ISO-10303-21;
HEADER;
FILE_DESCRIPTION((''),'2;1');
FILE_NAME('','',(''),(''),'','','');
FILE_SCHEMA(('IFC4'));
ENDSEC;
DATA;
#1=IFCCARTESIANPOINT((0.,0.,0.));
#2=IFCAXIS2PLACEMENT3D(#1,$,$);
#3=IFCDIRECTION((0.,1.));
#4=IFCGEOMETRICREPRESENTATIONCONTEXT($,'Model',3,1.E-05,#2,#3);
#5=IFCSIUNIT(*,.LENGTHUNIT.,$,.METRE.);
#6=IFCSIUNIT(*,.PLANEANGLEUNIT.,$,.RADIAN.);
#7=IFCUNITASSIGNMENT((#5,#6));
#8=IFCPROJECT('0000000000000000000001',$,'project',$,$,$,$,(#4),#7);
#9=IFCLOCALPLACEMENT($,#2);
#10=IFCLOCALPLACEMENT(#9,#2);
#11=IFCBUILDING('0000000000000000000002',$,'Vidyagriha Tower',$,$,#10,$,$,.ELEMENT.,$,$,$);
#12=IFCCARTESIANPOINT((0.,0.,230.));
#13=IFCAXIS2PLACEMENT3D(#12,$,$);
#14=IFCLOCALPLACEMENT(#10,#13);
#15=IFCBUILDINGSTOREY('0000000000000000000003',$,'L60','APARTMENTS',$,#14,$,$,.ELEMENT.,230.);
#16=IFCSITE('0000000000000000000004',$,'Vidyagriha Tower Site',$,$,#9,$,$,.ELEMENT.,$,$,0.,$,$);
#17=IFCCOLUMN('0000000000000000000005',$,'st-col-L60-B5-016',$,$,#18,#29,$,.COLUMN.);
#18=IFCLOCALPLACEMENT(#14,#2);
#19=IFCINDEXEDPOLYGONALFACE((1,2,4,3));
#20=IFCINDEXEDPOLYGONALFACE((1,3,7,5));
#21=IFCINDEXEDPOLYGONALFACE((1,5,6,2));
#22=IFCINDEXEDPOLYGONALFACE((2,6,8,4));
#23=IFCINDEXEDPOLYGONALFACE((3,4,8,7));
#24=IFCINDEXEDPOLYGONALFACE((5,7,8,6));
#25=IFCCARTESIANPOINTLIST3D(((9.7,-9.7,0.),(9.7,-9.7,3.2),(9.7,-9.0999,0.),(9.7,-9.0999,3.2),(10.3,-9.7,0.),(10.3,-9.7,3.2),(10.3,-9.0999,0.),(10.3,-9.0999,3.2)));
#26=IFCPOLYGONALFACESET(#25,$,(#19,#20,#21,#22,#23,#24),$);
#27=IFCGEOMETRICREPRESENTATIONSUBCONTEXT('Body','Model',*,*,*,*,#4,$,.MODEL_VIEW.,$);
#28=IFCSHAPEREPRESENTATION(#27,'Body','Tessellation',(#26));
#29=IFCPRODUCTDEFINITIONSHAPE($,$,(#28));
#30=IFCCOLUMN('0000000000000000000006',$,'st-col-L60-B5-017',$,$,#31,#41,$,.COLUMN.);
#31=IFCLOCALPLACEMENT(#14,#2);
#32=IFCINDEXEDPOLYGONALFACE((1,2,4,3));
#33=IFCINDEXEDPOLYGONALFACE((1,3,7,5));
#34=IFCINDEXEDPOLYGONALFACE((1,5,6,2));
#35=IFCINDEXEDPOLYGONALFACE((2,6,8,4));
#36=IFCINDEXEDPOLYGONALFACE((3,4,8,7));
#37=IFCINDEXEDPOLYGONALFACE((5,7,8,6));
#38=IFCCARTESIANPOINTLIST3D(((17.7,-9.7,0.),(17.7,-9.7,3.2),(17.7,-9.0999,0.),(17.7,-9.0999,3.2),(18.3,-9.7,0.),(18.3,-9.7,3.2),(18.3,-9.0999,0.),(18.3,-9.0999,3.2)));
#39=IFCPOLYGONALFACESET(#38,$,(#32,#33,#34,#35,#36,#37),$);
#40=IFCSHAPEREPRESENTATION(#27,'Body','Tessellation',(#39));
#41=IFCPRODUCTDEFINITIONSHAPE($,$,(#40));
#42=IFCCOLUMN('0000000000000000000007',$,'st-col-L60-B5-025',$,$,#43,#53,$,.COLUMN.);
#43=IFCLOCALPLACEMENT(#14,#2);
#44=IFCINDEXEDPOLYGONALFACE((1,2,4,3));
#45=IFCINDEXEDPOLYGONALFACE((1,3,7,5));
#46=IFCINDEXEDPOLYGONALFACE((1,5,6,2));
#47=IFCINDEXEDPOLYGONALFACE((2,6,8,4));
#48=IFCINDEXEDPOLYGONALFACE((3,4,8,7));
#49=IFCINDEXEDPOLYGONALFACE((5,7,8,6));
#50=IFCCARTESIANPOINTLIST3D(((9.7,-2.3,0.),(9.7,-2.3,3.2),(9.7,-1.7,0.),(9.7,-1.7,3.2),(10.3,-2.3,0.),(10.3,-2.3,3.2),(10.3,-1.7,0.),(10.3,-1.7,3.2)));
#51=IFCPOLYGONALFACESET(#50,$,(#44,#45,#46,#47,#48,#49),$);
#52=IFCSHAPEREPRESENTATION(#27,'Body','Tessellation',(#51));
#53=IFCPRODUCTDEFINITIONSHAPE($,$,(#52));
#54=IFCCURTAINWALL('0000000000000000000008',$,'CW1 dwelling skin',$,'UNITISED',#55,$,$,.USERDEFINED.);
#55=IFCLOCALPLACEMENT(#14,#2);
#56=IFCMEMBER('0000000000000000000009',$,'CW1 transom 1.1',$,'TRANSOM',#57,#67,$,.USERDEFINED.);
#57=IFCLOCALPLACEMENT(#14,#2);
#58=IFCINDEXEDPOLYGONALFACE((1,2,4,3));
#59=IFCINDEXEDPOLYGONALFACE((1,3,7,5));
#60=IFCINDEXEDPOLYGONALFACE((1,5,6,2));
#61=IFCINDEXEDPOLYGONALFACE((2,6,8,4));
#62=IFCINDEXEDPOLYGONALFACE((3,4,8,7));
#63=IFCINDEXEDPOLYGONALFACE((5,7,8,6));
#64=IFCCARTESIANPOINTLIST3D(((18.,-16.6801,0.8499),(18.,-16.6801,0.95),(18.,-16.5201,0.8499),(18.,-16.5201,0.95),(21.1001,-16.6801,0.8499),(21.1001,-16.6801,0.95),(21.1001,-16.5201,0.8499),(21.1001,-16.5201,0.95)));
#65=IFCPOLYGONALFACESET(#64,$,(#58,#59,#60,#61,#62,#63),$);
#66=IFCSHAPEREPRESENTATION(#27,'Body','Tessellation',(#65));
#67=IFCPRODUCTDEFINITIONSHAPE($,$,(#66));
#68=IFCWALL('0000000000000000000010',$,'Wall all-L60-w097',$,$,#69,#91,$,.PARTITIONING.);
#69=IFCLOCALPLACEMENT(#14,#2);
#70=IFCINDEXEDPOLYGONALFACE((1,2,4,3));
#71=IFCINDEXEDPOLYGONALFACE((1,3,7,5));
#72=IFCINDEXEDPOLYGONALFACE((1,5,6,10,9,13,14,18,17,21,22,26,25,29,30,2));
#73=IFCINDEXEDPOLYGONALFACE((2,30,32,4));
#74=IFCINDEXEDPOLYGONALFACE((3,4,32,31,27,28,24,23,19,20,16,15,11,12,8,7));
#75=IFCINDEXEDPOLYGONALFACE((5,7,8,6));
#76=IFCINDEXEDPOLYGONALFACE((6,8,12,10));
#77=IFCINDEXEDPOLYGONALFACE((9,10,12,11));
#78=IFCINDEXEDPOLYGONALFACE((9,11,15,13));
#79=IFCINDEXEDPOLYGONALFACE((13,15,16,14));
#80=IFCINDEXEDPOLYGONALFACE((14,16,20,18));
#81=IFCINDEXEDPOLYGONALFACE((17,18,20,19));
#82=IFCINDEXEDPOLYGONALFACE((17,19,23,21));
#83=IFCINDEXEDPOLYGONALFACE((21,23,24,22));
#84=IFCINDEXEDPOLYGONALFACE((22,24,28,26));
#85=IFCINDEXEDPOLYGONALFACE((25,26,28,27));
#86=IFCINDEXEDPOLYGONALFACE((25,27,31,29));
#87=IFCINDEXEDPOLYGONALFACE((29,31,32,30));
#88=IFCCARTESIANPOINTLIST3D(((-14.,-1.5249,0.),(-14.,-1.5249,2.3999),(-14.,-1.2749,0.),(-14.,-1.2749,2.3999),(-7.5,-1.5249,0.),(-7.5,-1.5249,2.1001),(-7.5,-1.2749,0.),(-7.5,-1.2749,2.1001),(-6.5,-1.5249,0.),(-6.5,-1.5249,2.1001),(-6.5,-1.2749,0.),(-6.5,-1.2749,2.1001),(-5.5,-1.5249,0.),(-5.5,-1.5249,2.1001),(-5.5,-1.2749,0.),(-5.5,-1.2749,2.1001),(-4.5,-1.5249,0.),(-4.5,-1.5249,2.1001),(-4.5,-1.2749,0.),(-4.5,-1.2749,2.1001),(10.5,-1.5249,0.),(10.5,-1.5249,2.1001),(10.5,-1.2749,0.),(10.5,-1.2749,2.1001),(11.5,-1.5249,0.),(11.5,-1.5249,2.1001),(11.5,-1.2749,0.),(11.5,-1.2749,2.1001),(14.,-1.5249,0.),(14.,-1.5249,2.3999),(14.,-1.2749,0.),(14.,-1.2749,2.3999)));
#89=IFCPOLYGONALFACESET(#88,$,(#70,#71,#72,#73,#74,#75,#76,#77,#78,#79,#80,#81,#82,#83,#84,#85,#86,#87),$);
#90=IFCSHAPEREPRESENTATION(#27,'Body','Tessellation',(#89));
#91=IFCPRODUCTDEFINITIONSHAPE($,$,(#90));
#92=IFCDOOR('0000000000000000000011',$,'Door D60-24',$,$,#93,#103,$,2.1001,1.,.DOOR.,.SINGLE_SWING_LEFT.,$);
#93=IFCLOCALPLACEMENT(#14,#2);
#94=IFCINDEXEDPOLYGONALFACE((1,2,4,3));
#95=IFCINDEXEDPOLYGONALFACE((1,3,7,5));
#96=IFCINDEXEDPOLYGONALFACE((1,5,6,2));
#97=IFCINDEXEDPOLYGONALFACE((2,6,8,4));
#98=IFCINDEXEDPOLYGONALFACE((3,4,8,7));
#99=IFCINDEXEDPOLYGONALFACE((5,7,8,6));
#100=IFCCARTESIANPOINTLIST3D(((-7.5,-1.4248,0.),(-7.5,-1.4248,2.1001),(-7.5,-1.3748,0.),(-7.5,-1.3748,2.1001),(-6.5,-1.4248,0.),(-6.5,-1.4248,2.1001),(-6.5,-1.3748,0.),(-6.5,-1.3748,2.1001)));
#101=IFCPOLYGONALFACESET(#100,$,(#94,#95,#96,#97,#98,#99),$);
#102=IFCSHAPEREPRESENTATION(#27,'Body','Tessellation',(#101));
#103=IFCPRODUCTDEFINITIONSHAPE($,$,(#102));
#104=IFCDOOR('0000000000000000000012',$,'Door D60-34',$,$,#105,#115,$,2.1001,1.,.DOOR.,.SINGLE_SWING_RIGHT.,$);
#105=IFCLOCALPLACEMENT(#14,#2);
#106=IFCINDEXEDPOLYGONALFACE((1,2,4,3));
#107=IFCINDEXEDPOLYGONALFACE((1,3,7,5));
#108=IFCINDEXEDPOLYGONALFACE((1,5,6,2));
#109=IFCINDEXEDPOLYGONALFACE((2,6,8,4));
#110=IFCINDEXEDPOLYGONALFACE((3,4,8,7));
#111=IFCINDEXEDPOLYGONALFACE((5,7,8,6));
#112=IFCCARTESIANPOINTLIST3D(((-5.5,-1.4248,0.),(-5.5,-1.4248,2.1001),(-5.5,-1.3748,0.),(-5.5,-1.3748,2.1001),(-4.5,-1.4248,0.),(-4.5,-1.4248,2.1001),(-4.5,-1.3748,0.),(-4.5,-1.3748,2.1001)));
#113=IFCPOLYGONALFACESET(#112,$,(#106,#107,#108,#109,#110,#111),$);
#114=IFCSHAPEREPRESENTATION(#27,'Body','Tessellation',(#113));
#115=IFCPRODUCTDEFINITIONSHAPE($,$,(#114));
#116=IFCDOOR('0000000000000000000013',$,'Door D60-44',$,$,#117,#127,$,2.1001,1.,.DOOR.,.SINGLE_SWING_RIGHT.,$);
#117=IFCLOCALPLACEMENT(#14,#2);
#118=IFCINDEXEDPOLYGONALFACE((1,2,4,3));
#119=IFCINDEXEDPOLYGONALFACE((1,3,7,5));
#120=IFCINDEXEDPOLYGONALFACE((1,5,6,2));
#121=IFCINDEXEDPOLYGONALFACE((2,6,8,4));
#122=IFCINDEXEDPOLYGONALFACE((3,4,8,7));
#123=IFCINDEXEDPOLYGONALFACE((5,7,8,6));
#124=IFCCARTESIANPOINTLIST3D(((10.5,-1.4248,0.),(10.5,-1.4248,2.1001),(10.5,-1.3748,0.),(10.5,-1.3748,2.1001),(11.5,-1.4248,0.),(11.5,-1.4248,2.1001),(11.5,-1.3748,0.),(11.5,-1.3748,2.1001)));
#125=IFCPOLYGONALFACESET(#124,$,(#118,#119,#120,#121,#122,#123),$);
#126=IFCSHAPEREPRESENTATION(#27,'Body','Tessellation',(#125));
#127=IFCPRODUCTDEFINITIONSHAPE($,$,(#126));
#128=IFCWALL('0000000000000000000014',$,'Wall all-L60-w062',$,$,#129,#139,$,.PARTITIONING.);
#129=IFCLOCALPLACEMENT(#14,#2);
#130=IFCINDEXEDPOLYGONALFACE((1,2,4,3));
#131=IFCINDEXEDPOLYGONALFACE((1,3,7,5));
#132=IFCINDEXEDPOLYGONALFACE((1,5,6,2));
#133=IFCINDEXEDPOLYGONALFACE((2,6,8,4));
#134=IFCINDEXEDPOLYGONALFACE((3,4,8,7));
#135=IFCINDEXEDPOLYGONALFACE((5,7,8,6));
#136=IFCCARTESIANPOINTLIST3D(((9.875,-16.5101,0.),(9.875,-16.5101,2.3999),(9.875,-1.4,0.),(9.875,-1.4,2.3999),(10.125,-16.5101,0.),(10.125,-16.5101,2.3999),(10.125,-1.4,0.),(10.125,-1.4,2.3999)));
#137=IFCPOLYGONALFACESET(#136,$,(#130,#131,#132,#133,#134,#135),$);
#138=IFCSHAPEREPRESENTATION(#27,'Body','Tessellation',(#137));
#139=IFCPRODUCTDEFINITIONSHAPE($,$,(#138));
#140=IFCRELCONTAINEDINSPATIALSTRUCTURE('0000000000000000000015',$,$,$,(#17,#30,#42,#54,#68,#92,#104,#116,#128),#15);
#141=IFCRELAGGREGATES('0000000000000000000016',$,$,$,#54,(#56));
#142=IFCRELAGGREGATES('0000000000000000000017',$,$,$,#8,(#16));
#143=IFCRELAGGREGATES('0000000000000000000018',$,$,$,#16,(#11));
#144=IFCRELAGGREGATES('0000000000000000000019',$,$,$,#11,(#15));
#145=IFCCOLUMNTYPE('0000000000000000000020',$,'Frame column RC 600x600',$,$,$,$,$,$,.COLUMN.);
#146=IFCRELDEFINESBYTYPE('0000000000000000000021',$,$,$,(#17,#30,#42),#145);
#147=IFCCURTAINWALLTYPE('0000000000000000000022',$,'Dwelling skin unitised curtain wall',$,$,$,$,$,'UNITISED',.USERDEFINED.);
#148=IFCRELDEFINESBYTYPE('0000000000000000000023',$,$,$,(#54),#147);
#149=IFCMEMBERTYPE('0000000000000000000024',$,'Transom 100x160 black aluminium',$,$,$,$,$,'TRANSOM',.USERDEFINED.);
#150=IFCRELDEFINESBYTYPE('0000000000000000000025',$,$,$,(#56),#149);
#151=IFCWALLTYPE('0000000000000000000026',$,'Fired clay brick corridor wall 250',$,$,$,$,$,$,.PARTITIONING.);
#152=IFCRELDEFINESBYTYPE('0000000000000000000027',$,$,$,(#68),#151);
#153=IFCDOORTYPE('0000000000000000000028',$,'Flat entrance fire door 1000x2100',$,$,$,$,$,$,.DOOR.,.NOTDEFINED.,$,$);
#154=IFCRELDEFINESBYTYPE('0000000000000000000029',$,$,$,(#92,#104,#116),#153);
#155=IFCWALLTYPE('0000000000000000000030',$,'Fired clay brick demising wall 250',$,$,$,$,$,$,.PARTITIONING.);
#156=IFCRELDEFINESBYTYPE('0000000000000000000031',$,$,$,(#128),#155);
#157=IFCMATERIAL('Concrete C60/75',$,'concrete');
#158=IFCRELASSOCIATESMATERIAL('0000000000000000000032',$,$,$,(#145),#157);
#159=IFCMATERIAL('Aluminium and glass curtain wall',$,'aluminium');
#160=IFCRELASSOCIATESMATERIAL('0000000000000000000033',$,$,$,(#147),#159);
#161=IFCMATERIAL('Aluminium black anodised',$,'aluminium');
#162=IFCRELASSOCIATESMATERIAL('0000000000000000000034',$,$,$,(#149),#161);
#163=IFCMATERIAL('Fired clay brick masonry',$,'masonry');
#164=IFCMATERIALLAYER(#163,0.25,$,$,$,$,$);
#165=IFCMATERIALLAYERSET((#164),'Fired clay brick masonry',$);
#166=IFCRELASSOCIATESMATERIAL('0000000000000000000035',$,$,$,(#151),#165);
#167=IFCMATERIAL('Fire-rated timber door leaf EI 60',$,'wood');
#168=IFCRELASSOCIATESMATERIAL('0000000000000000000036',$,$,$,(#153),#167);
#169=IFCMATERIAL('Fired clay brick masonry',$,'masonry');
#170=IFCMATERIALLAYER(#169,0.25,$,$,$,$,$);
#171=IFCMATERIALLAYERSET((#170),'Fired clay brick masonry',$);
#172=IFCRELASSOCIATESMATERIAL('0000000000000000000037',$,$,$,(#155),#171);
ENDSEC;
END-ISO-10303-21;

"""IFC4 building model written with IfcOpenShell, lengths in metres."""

from ifc_helpers import new_model, si_unit, direction, frame, frame_2d, origin, origin_2d, place, context, subcontext, project, spatial, rectangle, extrude, material, layer, layer_set, material_profile, profile_set, type_object, element, fill, aggregate, save


model = new_model("IFC4")

# Units and contexts
model_context = context("Model", 3, precision=1e-05, world=origin(), true_north=direction((0.0, 1.0)))
body_context = subcontext(model_context, "Body", "Model", "MODEL_VIEW")
ifc_project = project(units=[si_unit("LENGTHUNIT", "METRE"), si_unit("PLANEANGLEUNIT", "RADIAN")], contexts=[model_context])

# Site, building, storey
site_placement = place(None, origin())
site = spatial("IfcSite", under=ifc_project, at=site_placement, Name="Vidyagriha Tower Site", CompositionType="ELEMENT", RefElevation=0.0)
building_placement = place(site_placement, origin())
building = spatial("IfcBuilding", under=site, at=building_placement, Name="Vidyagriha Tower", CompositionType="ELEMENT")
storey_placement = place(building_placement, frame((0.0, 0.0, 230.0)))
storey = spatial("IfcBuildingStorey", under=building, at=storey_placement, Name="L60", Description="APARTMENTS", CompositionType="ELEMENT", Elevation=230.0)

# Columns
ifc_material_1 = material(Name="Concrete C60/75", Category="concrete")
ifc_material_profile_1 = material_profile(ifc_material_1, rectangle(XDim=0.6001, YDim=0.6001, at=origin_2d()), Name="RC 600x600")
ifc_profile_set_1 = profile_set([ifc_material_profile_1], Name="Concrete C60/75")
column_type = type_object("IfcColumnType", Name="Frame column RC 600x600", PredefinedType="COLUMN", material=ifc_profile_set_1)
for number, where, name in (
    (1, (10.0, -9.3999, 0.0), "st-col-L60-B5-016"),
    (2, (18.0, -9.3999, 0.0), "st-col-L60-B5-017"),
    (3, (10.0, -2.0, 0.0), "st-col-L60-B5-025"),
):
    element("IfcColumn", number, at=place(storey_placement, frame(where)), inside=storey, type_object=column_type, Name=name, PredefinedType="COLUMN", context=body_context, shape_type="SweptSolid", body=[
        extrude(rectangle(XDim=0.6001, YDim=0.6001, at=origin_2d()), origin(), (0.0, 0.0, 1.0), 3.2),
    ])

# Curtain wall, member
ifc_material_2 = material(Name="Aluminium and glass curtain wall", Category="aluminium")
curtain_wall_type = type_object("IfcCurtainWallType", Name="Dwelling skin unitised curtain wall", ElementType="UNITISED", PredefinedType="USERDEFINED", material=ifc_material_2)
curtain_wall_placement = place(storey_placement, origin())
curtain_wall = element("IfcCurtainWall", 4, at=curtain_wall_placement, inside=storey, type_object=curtain_wall_type, Name="CW1 dwelling skin", ObjectType="UNITISED", PredefinedType="USERDEFINED")
ifc_material_3 = material(Name="Aluminium black anodised", Category="aluminium")
ifc_material_profile_2 = material_profile(ifc_material_3, rectangle(XDim=0.1599, YDim=0.1001, at=origin_2d()), Name="Transom 100x160 black aluminium")
ifc_profile_set_2 = profile_set([ifc_material_profile_2], Name="Aluminium black anodised")
member_type = type_object("IfcMemberType", Name="Transom 100x160 black aluminium", ElementType="TRANSOM", PredefinedType="USERDEFINED", material=ifc_profile_set_2)
member_placement = place(storey_placement, frame((18.0, -16.6001, 0.8999), z_axis=(1.0, 0.0, 0.0), x_axis=(0.0, 1.0, 0.0)))
member = element("IfcMember", 5, at=member_placement, type_object=member_type, Name="CW1 transom 1.1", ObjectType="TRANSOM", PredefinedType="USERDEFINED", context=body_context, shape_type="SweptSolid", body=[
    extrude(rectangle(XDim=0.1599, YDim=0.1001, at=origin_2d()), origin(), (0.0, 0.0, 1.0), 3.1001),
])
aggregate(curtain_wall, [member])

# Wall, openings, doors
ifc_material_4 = material(Name="Fired clay brick masonry", Category="masonry")
ifc_layer_1 = layer(ifc_material_4, 0.25)
ifc_layer_set_1 = layer_set([ifc_layer_1], Name="Fired clay brick masonry")
wall_type_1 = type_object("IfcWallType", Name="Fired clay brick corridor wall 250", PredefinedType="PARTITIONING", material=ifc_layer_set_1)
wall_1_placement = place(storey_placement, frame((14.0, -1.3999, 0.0), z_axis=(0.0, 0.0, 1.0), x_axis=(-1.0, 0.0, 0.0)))
wall_1 = element("IfcWall", 6, at=wall_1_placement, inside=storey, type_object=wall_type_1, Name="Wall all-L60-w097", PredefinedType="PARTITIONING", context=body_context, shape_type="SweptSolid", body=[
    extrude(rectangle(XDim=28.0, YDim=0.25, at=frame_2d((14.0, 0.0))), origin(), (0.0, 0.0, 1.0), 2.3999),
])
opening_1_placement = place(wall_1_placement, frame((20.5, 0.0, 0.0)))
opening_1 = element("IfcOpeningElement", 7, at=opening_1_placement, cuts=wall_1, PredefinedType="OPENING", context=body_context, shape_type="SweptSolid", body=[
    extrude(rectangle(XDim=1.0, YDim=2.1001, at=frame_2d((0.5, 1.05))), frame((0.0, 0.135, 0.0), z_axis=(0.0, -1.0, 0.0), x_axis=(1.0, 0.0, 0.0)), (0.0, 0.0, 1.0), 0.27),
])
opening_2_placement = place(wall_1_placement, frame((18.5, 0.0, 0.0)))
opening_2 = element("IfcOpeningElement", 8, at=opening_2_placement, cuts=wall_1, PredefinedType="OPENING", context=body_context, shape_type="SweptSolid", body=[
    extrude(rectangle(XDim=1.0, YDim=2.1001, at=frame_2d((0.5, 1.05))), frame((0.0, 0.135, 0.0), z_axis=(0.0, -1.0, 0.0), x_axis=(1.0, 0.0, 0.0)), (0.0, 0.0, 1.0), 0.27),
])
opening_3_placement = place(wall_1_placement, frame((2.5, 0.0, 0.0)))
opening_3 = element("IfcOpeningElement", 9, at=opening_3_placement, cuts=wall_1, PredefinedType="OPENING", context=body_context, shape_type="SweptSolid", body=[
    extrude(rectangle(XDim=1.0, YDim=2.1001, at=frame_2d((0.5, 1.05))), frame((0.0, 0.135, 0.0), z_axis=(0.0, -1.0, 0.0), x_axis=(1.0, 0.0, 0.0)), (0.0, 0.0, 1.0), 0.27),
])
ifc_material_5 = material(Name="Fire-rated timber door leaf EI 60", Category="wood")
door_type_1 = type_object("IfcDoorType", Name="Flat entrance fire door 1000x2100", OperationType="NOTDEFINED", PredefinedType="DOOR", material=ifc_material_5)
door_1_placement = place(opening_1_placement, origin())
door_1 = element("IfcDoor", 10, at=door_1_placement, inside=storey, type_object=door_type_1, Name="Door D60-24", OperationType="SINGLE_SWING_LEFT", OverallHeight=2.1001, OverallWidth=1.0, PredefinedType="DOOR", context=body_context, shape_type="SweptSolid", body=[
    extrude(rectangle(XDim=1.0, YDim=2.1001, at=frame_2d((0.5, 1.05))), frame((0.0, 0.0249, 0.0), z_axis=(0.0, -1.0, 0.0), x_axis=(1.0, 0.0, 0.0)), (0.0, 0.0, 1.0), 0.05),
])
fill(opening_1, door_1)
door_2_placement = place(opening_2_placement, origin())
door_2 = element("IfcDoor", 11, at=door_2_placement, inside=storey, type_object=door_type_1, Name="Door D60-34", OperationType="SINGLE_SWING_RIGHT", OverallHeight=2.1001, OverallWidth=1.0, PredefinedType="DOOR", context=body_context, shape_type="SweptSolid", body=[
    extrude(rectangle(XDim=1.0, YDim=2.1001, at=frame_2d((0.5, 1.05))), frame((0.0, 0.0249, 0.0), z_axis=(0.0, -1.0, 0.0), x_axis=(1.0, 0.0, 0.0)), (0.0, 0.0, 1.0), 0.05),
])
fill(opening_2, door_2)
door_3_placement = place(opening_3_placement, origin())
door_3 = element("IfcDoor", 12, at=door_3_placement, inside=storey, type_object=door_type_1, Name="Door D60-44", OperationType="SINGLE_SWING_RIGHT", OverallHeight=2.1001, OverallWidth=1.0, PredefinedType="DOOR", context=body_context, shape_type="SweptSolid", body=[
    extrude(rectangle(XDim=1.0, YDim=2.1001, at=frame_2d((0.5, 1.05))), frame((0.0, 0.0249, 0.0), z_axis=(0.0, -1.0, 0.0), x_axis=(1.0, 0.0, 0.0)), (0.0, 0.0, 1.0), 0.05),
])
fill(opening_3, door_3)

# Wall
ifc_material_6 = material(Name="Fired clay brick masonry", Category="masonry")
ifc_layer_2 = layer(ifc_material_6, 0.25)
ifc_layer_set_2 = layer_set([ifc_layer_2], Name="Fired clay brick masonry")
wall_type_2 = type_object("IfcWallType", Name="Fired clay brick demising wall 250", PredefinedType="PARTITIONING", material=ifc_layer_set_2)
wall_2_placement = place(storey_placement, frame((10.0, -1.3999, 0.0), z_axis=(0.0, 0.0, 1.0), x_axis=(0.0, -1.0, 0.0)))
element("IfcWall", 13, at=wall_2_placement, inside=storey, type_object=wall_type_2, Name="Wall all-L60-w062", PredefinedType="PARTITIONING", context=body_context, shape_type="SweptSolid", body=[
    extrude(rectangle(XDim=15.1101, YDim=0.25, at=frame_2d((7.5552, 0.0))), origin(), (0.0, 0.0, 1.0), 2.3999),
])

save(model, "model.ifc")
